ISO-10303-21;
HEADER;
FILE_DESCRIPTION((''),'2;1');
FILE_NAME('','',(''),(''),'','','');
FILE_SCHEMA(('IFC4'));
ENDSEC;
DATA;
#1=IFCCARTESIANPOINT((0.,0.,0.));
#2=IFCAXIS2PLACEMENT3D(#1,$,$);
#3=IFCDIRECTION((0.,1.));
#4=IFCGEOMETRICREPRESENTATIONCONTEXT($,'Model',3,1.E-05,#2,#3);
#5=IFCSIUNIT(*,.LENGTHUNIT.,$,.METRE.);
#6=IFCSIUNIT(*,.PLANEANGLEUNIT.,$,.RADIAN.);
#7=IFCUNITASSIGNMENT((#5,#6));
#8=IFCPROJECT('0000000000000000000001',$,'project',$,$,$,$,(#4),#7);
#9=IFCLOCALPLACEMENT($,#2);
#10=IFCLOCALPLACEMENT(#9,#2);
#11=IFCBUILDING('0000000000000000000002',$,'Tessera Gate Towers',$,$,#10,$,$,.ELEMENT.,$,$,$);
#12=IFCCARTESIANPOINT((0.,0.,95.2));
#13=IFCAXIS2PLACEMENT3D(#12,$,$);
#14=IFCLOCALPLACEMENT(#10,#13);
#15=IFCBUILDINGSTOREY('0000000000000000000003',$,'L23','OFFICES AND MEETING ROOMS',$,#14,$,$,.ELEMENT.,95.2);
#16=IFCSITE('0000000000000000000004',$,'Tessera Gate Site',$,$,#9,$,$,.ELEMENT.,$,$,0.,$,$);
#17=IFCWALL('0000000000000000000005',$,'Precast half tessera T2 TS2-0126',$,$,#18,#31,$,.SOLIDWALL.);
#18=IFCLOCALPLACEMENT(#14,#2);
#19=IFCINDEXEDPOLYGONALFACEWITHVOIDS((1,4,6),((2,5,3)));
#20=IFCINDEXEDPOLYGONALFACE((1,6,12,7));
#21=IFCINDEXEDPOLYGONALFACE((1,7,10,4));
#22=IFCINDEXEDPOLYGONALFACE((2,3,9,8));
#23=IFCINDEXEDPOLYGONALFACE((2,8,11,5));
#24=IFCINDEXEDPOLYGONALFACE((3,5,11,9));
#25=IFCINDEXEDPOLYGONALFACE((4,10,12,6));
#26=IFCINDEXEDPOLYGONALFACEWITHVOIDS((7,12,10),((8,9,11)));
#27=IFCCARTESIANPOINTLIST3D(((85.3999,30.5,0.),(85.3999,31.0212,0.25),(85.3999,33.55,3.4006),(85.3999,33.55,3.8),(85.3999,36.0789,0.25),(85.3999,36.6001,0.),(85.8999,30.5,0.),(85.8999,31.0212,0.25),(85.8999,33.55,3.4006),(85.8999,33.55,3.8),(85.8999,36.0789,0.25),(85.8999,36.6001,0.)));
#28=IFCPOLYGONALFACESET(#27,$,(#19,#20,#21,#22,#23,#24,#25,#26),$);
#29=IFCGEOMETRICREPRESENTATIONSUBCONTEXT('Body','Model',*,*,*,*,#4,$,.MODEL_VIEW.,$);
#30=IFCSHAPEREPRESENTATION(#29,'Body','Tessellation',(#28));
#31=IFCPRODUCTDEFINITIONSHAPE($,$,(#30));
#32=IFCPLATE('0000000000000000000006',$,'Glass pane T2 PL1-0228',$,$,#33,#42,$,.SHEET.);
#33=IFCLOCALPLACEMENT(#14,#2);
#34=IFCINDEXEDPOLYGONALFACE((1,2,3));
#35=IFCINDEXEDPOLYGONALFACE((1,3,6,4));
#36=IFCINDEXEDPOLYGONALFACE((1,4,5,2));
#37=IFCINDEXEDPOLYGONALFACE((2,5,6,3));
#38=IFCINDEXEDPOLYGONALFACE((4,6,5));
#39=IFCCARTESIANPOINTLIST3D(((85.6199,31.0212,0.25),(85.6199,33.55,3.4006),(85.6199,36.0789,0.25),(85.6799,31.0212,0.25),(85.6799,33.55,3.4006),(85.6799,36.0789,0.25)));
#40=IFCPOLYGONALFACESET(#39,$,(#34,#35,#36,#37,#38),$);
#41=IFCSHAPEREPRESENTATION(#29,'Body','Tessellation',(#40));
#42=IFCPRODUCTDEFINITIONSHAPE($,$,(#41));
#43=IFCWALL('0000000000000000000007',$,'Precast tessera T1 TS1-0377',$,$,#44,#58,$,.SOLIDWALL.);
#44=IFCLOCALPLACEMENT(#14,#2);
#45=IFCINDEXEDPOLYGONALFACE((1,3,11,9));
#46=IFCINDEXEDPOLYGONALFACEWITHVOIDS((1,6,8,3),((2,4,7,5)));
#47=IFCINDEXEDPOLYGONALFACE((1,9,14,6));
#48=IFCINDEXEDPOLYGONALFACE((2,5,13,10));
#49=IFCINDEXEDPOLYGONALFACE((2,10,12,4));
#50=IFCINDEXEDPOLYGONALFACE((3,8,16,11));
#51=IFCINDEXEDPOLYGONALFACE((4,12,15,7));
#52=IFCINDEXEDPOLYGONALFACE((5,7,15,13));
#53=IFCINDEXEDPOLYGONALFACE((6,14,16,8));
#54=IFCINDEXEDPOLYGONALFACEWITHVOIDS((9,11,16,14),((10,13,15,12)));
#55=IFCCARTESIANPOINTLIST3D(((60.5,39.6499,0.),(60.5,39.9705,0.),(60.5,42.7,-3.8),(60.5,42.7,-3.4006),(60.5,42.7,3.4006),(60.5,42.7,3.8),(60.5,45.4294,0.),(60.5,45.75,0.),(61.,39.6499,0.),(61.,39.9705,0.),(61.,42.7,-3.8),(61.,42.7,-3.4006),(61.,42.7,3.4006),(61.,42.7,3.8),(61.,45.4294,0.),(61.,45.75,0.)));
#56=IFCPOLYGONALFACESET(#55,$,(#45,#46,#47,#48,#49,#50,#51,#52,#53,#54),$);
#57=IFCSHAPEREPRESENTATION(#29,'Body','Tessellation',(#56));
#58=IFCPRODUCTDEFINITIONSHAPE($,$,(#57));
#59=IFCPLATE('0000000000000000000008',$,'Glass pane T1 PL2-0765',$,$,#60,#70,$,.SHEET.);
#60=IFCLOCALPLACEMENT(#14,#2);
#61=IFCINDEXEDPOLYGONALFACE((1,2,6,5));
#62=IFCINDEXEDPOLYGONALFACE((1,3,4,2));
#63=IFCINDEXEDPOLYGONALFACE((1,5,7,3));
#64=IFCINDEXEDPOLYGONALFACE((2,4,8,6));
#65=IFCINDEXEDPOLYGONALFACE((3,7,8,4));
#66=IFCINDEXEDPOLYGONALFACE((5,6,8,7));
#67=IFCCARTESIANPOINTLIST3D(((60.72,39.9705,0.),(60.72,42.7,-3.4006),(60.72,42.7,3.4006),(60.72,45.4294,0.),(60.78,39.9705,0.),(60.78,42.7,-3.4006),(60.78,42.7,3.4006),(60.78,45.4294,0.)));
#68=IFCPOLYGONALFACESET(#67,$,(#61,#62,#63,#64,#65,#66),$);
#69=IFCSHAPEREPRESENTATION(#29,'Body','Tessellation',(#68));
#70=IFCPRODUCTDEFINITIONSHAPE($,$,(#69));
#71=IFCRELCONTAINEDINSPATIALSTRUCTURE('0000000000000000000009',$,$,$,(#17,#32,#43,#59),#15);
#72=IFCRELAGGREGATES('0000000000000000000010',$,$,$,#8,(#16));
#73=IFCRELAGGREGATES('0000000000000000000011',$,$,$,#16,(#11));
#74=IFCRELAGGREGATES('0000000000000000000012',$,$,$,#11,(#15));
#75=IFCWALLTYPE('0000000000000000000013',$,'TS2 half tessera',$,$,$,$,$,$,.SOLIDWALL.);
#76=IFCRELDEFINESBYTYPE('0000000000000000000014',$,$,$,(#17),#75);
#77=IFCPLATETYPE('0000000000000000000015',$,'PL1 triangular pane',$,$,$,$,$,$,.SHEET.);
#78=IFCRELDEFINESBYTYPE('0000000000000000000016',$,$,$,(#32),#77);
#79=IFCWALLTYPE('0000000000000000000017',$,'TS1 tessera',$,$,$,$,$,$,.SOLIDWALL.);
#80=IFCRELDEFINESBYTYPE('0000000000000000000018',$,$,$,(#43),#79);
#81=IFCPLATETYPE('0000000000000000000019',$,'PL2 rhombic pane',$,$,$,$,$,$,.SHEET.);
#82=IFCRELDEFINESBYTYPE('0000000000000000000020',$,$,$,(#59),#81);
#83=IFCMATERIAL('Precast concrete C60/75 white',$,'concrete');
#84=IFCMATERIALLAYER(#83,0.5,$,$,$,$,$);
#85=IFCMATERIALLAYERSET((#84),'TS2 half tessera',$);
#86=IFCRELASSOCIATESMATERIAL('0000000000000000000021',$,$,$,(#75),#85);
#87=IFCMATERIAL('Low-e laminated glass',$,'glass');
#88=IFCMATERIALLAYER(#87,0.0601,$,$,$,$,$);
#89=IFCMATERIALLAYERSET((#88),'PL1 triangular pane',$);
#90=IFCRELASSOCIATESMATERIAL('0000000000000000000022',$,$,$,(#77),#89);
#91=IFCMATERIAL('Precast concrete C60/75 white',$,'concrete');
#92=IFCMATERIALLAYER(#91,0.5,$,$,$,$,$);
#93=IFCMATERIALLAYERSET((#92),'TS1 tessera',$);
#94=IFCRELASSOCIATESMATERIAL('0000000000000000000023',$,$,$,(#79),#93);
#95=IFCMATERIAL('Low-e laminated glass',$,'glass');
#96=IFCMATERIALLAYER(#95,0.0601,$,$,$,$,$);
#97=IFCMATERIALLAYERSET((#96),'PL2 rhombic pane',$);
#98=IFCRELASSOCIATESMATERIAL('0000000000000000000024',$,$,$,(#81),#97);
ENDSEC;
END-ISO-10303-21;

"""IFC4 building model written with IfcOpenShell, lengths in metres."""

from ifc_helpers import new_model, si_unit, direction, frame, origin, place, context, subcontext, project, spatial, polyline, outline, extrude, source, transform, mapped, material, layer, layer_set, type_object, element, fill, save


model = new_model("IFC4")

# Units and contexts
model_context = context("Model", 3, precision=1e-05, world=origin(), true_north=direction((0.0, 1.0)))
body_context = subcontext(model_context, "Body", "Model", "MODEL_VIEW")
ifc_project = project(units=[si_unit("LENGTHUNIT", "METRE"), si_unit("PLANEANGLEUNIT", "RADIAN")], contexts=[model_context])

# Site, building, storey
site_placement = place(None, origin())
site = spatial("IfcSite", under=ifc_project, at=site_placement, Name="Tessera Gate Site", CompositionType="ELEMENT", RefElevation=0.0)
building_placement = place(site_placement, origin())
building = spatial("IfcBuilding", under=site, at=building_placement, Name="Tessera Gate Towers", CompositionType="ELEMENT")
storey_placement = place(building_placement, frame((0.0, 0.0, 95.2)))
storey = spatial("IfcBuildingStorey", under=building, at=storey_placement, Name="L23", Description="OFFICES AND MEETING ROOMS", CompositionType="ELEMENT", Elevation=95.2)

# Walls, openings, plates
ifc_material_1 = material(Name="Precast concrete C60/75 white", Category="concrete")
ifc_layer_1 = layer(ifc_material_1, 0.5)
ifc_layer_set_1 = layer_set([ifc_layer_1], Name="TS2 half tessera")
wall_type_1 = type_object("IfcWallType", Name="TS2 half tessera", PredefinedType="SOLIDWALL", material=ifc_layer_set_1)
shared_shape_1 = source(origin(), body_context, "Body", "SweptSolid", [
    extrude(outline(polyline([(6.1001, 0.0), (3.05, 3.8), (0.0, 0.0), (6.1001, 0.0)])), frame((0.0, 0.25, 0.0), z_axis=(0.0, -1.0, 0.0), x_axis=(1.0, 0.0, 0.0)), (0.0, 0.0, 1.0), 0.5),
])
wall_1_placement = place(storey_placement, frame((85.6499, 36.6001, 0.0), z_axis=(0.0, 0.0, 1.0), x_axis=(0.0, -1.0, 0.0)))
wall_1 = element("IfcWall", 1, at=wall_1_placement, inside=storey, type_object=wall_type_1, Name="Precast half tessera T2 TS2-0126", PredefinedType="SOLIDWALL", context=body_context, shape_type="MappedRepresentation", body=[
    mapped(shared_shape_1, transform((0.0, 0.0, 0.0), scale=1.0)),
])
shared_shape_2 = source(origin(), body_context, "Body", "SweptSolid", [
    extrude(outline(polyline([(5.5789, 0.25), (3.05, 3.4006), (0.5212, 0.25), (5.5789, 0.25)])), frame((0.0, 0.26, 0.0), z_axis=(0.0, -1.0, 0.0), x_axis=(1.0, 0.0, 0.0)), (0.0, 0.0, 1.0), 0.52),
])
opening_1_placement = place(wall_1_placement, origin())
opening_1 = element("IfcOpeningElement", 2, at=opening_1_placement, cuts=wall_1, PredefinedType="OPENING", context=body_context, shape_type="MappedRepresentation", body=[
    mapped(shared_shape_2, transform((0.0, 0.0, 0.0), scale=1.0)),
])
ifc_material_2 = material(Name="Low-e laminated glass", Category="glass")
ifc_layer_2 = layer(ifc_material_2, 0.0601)
ifc_layer_set_2 = layer_set([ifc_layer_2], Name="PL1 triangular pane")
plate_type_1 = type_object("IfcPlateType", Name="PL1 triangular pane", PredefinedType="SHEET", material=ifc_layer_set_2)
shared_shape_3 = source(origin(), body_context, "Body", "SweptSolid", [
    extrude(outline(polyline([(5.5789, 0.25), (3.05, 3.4006), (0.5212, 0.25), (5.5789, 0.25)])), frame((0.0, 0.03, 0.0), z_axis=(0.0, -1.0, 0.0), x_axis=(1.0, 0.0, 0.0)), (0.0, 0.0, 1.0), 0.0601),
])
plate_1_placement = place(opening_1_placement, origin())
plate_1 = element("IfcPlate", 3, at=plate_1_placement, inside=storey, type_object=plate_type_1, Name="Glass pane T2 PL1-0228", PredefinedType="SHEET", context=body_context, shape_type="MappedRepresentation", body=[
    mapped(shared_shape_3, transform((0.0, 0.0, 0.0), scale=1.0)),
])
fill(opening_1, plate_1)
ifc_material_3 = material(Name="Precast concrete C60/75 white", Category="concrete")
ifc_layer_3 = layer(ifc_material_3, 0.5)
ifc_layer_set_3 = layer_set([ifc_layer_3], Name="TS1 tessera")
wall_type_2 = type_object("IfcWallType", Name="TS1 tessera", PredefinedType="SOLIDWALL", material=ifc_layer_set_3)
shared_shape_4 = source(origin(), body_context, "Body", "SweptSolid", [
    extrude(outline(polyline([(3.05, 0.0), (6.1001, 3.8), (3.05, 7.6001), (0.0, 3.8), (3.05, 0.0)])), frame((0.0, 0.25, 0.0), z_axis=(0.0, -1.0, 0.0), x_axis=(1.0, 0.0, 0.0)), (0.0, 0.0, 1.0), 0.5),
])
wall_2_placement = place(storey_placement, frame((60.75, 39.6499, -3.8), z_axis=(0.0, 0.0, 1.0), x_axis=(0.0, 1.0, 0.0)))
wall_2 = element("IfcWall", 4, at=wall_2_placement, inside=storey, type_object=wall_type_2, Name="Precast tessera T1 TS1-0377", PredefinedType="SOLIDWALL", context=body_context, shape_type="MappedRepresentation", body=[
    mapped(shared_shape_4, transform((0.0, 0.0, 0.0), scale=1.0)),
])
shared_shape_5 = source(origin(), body_context, "Body", "SweptSolid", [
    extrude(outline(polyline([(3.05, 0.3994), (5.7795, 3.8), (3.05, 7.2007), (0.3206, 3.8), (3.05, 0.3994)])), frame((0.0, 0.26, 0.0), z_axis=(0.0, -1.0, 0.0), x_axis=(1.0, 0.0, 0.0)), (0.0, 0.0, 1.0), 0.52),
])
opening_2_placement = place(wall_2_placement, origin())
opening_2 = element("IfcOpeningElement", 5, at=opening_2_placement, cuts=wall_2, PredefinedType="OPENING", context=body_context, shape_type="MappedRepresentation", body=[
    mapped(shared_shape_5, transform((0.0, 0.0, 0.0), scale=1.0)),
])
ifc_material_4 = material(Name="Low-e laminated glass", Category="glass")
ifc_layer_4 = layer(ifc_material_4, 0.0601)
ifc_layer_set_4 = layer_set([ifc_layer_4], Name="PL2 rhombic pane")
plate_type_2 = type_object("IfcPlateType", Name="PL2 rhombic pane", PredefinedType="SHEET", material=ifc_layer_set_4)
shared_shape_6 = source(origin(), body_context, "Body", "SweptSolid", [
    extrude(outline(polyline([(3.05, 0.3994), (5.7795, 3.8), (3.05, 7.2007), (0.3206, 3.8), (3.05, 0.3994)])), frame((0.0, 0.03, 0.0), z_axis=(0.0, -1.0, 0.0), x_axis=(1.0, 0.0, 0.0)), (0.0, 0.0, 1.0), 0.0601),
])
plate_2_placement = place(opening_2_placement, origin())
plate_2 = element("IfcPlate", 6, at=plate_2_placement, inside=storey, type_object=plate_type_2, Name="Glass pane T1 PL2-0765", PredefinedType="SHEET", context=body_context, shape_type="MappedRepresentation", body=[
    mapped(shared_shape_6, transform((0.0, 0.0, 0.0), scale=1.0)),
])
fill(opening_2, plate_2)

save(model, "model.ifc")
